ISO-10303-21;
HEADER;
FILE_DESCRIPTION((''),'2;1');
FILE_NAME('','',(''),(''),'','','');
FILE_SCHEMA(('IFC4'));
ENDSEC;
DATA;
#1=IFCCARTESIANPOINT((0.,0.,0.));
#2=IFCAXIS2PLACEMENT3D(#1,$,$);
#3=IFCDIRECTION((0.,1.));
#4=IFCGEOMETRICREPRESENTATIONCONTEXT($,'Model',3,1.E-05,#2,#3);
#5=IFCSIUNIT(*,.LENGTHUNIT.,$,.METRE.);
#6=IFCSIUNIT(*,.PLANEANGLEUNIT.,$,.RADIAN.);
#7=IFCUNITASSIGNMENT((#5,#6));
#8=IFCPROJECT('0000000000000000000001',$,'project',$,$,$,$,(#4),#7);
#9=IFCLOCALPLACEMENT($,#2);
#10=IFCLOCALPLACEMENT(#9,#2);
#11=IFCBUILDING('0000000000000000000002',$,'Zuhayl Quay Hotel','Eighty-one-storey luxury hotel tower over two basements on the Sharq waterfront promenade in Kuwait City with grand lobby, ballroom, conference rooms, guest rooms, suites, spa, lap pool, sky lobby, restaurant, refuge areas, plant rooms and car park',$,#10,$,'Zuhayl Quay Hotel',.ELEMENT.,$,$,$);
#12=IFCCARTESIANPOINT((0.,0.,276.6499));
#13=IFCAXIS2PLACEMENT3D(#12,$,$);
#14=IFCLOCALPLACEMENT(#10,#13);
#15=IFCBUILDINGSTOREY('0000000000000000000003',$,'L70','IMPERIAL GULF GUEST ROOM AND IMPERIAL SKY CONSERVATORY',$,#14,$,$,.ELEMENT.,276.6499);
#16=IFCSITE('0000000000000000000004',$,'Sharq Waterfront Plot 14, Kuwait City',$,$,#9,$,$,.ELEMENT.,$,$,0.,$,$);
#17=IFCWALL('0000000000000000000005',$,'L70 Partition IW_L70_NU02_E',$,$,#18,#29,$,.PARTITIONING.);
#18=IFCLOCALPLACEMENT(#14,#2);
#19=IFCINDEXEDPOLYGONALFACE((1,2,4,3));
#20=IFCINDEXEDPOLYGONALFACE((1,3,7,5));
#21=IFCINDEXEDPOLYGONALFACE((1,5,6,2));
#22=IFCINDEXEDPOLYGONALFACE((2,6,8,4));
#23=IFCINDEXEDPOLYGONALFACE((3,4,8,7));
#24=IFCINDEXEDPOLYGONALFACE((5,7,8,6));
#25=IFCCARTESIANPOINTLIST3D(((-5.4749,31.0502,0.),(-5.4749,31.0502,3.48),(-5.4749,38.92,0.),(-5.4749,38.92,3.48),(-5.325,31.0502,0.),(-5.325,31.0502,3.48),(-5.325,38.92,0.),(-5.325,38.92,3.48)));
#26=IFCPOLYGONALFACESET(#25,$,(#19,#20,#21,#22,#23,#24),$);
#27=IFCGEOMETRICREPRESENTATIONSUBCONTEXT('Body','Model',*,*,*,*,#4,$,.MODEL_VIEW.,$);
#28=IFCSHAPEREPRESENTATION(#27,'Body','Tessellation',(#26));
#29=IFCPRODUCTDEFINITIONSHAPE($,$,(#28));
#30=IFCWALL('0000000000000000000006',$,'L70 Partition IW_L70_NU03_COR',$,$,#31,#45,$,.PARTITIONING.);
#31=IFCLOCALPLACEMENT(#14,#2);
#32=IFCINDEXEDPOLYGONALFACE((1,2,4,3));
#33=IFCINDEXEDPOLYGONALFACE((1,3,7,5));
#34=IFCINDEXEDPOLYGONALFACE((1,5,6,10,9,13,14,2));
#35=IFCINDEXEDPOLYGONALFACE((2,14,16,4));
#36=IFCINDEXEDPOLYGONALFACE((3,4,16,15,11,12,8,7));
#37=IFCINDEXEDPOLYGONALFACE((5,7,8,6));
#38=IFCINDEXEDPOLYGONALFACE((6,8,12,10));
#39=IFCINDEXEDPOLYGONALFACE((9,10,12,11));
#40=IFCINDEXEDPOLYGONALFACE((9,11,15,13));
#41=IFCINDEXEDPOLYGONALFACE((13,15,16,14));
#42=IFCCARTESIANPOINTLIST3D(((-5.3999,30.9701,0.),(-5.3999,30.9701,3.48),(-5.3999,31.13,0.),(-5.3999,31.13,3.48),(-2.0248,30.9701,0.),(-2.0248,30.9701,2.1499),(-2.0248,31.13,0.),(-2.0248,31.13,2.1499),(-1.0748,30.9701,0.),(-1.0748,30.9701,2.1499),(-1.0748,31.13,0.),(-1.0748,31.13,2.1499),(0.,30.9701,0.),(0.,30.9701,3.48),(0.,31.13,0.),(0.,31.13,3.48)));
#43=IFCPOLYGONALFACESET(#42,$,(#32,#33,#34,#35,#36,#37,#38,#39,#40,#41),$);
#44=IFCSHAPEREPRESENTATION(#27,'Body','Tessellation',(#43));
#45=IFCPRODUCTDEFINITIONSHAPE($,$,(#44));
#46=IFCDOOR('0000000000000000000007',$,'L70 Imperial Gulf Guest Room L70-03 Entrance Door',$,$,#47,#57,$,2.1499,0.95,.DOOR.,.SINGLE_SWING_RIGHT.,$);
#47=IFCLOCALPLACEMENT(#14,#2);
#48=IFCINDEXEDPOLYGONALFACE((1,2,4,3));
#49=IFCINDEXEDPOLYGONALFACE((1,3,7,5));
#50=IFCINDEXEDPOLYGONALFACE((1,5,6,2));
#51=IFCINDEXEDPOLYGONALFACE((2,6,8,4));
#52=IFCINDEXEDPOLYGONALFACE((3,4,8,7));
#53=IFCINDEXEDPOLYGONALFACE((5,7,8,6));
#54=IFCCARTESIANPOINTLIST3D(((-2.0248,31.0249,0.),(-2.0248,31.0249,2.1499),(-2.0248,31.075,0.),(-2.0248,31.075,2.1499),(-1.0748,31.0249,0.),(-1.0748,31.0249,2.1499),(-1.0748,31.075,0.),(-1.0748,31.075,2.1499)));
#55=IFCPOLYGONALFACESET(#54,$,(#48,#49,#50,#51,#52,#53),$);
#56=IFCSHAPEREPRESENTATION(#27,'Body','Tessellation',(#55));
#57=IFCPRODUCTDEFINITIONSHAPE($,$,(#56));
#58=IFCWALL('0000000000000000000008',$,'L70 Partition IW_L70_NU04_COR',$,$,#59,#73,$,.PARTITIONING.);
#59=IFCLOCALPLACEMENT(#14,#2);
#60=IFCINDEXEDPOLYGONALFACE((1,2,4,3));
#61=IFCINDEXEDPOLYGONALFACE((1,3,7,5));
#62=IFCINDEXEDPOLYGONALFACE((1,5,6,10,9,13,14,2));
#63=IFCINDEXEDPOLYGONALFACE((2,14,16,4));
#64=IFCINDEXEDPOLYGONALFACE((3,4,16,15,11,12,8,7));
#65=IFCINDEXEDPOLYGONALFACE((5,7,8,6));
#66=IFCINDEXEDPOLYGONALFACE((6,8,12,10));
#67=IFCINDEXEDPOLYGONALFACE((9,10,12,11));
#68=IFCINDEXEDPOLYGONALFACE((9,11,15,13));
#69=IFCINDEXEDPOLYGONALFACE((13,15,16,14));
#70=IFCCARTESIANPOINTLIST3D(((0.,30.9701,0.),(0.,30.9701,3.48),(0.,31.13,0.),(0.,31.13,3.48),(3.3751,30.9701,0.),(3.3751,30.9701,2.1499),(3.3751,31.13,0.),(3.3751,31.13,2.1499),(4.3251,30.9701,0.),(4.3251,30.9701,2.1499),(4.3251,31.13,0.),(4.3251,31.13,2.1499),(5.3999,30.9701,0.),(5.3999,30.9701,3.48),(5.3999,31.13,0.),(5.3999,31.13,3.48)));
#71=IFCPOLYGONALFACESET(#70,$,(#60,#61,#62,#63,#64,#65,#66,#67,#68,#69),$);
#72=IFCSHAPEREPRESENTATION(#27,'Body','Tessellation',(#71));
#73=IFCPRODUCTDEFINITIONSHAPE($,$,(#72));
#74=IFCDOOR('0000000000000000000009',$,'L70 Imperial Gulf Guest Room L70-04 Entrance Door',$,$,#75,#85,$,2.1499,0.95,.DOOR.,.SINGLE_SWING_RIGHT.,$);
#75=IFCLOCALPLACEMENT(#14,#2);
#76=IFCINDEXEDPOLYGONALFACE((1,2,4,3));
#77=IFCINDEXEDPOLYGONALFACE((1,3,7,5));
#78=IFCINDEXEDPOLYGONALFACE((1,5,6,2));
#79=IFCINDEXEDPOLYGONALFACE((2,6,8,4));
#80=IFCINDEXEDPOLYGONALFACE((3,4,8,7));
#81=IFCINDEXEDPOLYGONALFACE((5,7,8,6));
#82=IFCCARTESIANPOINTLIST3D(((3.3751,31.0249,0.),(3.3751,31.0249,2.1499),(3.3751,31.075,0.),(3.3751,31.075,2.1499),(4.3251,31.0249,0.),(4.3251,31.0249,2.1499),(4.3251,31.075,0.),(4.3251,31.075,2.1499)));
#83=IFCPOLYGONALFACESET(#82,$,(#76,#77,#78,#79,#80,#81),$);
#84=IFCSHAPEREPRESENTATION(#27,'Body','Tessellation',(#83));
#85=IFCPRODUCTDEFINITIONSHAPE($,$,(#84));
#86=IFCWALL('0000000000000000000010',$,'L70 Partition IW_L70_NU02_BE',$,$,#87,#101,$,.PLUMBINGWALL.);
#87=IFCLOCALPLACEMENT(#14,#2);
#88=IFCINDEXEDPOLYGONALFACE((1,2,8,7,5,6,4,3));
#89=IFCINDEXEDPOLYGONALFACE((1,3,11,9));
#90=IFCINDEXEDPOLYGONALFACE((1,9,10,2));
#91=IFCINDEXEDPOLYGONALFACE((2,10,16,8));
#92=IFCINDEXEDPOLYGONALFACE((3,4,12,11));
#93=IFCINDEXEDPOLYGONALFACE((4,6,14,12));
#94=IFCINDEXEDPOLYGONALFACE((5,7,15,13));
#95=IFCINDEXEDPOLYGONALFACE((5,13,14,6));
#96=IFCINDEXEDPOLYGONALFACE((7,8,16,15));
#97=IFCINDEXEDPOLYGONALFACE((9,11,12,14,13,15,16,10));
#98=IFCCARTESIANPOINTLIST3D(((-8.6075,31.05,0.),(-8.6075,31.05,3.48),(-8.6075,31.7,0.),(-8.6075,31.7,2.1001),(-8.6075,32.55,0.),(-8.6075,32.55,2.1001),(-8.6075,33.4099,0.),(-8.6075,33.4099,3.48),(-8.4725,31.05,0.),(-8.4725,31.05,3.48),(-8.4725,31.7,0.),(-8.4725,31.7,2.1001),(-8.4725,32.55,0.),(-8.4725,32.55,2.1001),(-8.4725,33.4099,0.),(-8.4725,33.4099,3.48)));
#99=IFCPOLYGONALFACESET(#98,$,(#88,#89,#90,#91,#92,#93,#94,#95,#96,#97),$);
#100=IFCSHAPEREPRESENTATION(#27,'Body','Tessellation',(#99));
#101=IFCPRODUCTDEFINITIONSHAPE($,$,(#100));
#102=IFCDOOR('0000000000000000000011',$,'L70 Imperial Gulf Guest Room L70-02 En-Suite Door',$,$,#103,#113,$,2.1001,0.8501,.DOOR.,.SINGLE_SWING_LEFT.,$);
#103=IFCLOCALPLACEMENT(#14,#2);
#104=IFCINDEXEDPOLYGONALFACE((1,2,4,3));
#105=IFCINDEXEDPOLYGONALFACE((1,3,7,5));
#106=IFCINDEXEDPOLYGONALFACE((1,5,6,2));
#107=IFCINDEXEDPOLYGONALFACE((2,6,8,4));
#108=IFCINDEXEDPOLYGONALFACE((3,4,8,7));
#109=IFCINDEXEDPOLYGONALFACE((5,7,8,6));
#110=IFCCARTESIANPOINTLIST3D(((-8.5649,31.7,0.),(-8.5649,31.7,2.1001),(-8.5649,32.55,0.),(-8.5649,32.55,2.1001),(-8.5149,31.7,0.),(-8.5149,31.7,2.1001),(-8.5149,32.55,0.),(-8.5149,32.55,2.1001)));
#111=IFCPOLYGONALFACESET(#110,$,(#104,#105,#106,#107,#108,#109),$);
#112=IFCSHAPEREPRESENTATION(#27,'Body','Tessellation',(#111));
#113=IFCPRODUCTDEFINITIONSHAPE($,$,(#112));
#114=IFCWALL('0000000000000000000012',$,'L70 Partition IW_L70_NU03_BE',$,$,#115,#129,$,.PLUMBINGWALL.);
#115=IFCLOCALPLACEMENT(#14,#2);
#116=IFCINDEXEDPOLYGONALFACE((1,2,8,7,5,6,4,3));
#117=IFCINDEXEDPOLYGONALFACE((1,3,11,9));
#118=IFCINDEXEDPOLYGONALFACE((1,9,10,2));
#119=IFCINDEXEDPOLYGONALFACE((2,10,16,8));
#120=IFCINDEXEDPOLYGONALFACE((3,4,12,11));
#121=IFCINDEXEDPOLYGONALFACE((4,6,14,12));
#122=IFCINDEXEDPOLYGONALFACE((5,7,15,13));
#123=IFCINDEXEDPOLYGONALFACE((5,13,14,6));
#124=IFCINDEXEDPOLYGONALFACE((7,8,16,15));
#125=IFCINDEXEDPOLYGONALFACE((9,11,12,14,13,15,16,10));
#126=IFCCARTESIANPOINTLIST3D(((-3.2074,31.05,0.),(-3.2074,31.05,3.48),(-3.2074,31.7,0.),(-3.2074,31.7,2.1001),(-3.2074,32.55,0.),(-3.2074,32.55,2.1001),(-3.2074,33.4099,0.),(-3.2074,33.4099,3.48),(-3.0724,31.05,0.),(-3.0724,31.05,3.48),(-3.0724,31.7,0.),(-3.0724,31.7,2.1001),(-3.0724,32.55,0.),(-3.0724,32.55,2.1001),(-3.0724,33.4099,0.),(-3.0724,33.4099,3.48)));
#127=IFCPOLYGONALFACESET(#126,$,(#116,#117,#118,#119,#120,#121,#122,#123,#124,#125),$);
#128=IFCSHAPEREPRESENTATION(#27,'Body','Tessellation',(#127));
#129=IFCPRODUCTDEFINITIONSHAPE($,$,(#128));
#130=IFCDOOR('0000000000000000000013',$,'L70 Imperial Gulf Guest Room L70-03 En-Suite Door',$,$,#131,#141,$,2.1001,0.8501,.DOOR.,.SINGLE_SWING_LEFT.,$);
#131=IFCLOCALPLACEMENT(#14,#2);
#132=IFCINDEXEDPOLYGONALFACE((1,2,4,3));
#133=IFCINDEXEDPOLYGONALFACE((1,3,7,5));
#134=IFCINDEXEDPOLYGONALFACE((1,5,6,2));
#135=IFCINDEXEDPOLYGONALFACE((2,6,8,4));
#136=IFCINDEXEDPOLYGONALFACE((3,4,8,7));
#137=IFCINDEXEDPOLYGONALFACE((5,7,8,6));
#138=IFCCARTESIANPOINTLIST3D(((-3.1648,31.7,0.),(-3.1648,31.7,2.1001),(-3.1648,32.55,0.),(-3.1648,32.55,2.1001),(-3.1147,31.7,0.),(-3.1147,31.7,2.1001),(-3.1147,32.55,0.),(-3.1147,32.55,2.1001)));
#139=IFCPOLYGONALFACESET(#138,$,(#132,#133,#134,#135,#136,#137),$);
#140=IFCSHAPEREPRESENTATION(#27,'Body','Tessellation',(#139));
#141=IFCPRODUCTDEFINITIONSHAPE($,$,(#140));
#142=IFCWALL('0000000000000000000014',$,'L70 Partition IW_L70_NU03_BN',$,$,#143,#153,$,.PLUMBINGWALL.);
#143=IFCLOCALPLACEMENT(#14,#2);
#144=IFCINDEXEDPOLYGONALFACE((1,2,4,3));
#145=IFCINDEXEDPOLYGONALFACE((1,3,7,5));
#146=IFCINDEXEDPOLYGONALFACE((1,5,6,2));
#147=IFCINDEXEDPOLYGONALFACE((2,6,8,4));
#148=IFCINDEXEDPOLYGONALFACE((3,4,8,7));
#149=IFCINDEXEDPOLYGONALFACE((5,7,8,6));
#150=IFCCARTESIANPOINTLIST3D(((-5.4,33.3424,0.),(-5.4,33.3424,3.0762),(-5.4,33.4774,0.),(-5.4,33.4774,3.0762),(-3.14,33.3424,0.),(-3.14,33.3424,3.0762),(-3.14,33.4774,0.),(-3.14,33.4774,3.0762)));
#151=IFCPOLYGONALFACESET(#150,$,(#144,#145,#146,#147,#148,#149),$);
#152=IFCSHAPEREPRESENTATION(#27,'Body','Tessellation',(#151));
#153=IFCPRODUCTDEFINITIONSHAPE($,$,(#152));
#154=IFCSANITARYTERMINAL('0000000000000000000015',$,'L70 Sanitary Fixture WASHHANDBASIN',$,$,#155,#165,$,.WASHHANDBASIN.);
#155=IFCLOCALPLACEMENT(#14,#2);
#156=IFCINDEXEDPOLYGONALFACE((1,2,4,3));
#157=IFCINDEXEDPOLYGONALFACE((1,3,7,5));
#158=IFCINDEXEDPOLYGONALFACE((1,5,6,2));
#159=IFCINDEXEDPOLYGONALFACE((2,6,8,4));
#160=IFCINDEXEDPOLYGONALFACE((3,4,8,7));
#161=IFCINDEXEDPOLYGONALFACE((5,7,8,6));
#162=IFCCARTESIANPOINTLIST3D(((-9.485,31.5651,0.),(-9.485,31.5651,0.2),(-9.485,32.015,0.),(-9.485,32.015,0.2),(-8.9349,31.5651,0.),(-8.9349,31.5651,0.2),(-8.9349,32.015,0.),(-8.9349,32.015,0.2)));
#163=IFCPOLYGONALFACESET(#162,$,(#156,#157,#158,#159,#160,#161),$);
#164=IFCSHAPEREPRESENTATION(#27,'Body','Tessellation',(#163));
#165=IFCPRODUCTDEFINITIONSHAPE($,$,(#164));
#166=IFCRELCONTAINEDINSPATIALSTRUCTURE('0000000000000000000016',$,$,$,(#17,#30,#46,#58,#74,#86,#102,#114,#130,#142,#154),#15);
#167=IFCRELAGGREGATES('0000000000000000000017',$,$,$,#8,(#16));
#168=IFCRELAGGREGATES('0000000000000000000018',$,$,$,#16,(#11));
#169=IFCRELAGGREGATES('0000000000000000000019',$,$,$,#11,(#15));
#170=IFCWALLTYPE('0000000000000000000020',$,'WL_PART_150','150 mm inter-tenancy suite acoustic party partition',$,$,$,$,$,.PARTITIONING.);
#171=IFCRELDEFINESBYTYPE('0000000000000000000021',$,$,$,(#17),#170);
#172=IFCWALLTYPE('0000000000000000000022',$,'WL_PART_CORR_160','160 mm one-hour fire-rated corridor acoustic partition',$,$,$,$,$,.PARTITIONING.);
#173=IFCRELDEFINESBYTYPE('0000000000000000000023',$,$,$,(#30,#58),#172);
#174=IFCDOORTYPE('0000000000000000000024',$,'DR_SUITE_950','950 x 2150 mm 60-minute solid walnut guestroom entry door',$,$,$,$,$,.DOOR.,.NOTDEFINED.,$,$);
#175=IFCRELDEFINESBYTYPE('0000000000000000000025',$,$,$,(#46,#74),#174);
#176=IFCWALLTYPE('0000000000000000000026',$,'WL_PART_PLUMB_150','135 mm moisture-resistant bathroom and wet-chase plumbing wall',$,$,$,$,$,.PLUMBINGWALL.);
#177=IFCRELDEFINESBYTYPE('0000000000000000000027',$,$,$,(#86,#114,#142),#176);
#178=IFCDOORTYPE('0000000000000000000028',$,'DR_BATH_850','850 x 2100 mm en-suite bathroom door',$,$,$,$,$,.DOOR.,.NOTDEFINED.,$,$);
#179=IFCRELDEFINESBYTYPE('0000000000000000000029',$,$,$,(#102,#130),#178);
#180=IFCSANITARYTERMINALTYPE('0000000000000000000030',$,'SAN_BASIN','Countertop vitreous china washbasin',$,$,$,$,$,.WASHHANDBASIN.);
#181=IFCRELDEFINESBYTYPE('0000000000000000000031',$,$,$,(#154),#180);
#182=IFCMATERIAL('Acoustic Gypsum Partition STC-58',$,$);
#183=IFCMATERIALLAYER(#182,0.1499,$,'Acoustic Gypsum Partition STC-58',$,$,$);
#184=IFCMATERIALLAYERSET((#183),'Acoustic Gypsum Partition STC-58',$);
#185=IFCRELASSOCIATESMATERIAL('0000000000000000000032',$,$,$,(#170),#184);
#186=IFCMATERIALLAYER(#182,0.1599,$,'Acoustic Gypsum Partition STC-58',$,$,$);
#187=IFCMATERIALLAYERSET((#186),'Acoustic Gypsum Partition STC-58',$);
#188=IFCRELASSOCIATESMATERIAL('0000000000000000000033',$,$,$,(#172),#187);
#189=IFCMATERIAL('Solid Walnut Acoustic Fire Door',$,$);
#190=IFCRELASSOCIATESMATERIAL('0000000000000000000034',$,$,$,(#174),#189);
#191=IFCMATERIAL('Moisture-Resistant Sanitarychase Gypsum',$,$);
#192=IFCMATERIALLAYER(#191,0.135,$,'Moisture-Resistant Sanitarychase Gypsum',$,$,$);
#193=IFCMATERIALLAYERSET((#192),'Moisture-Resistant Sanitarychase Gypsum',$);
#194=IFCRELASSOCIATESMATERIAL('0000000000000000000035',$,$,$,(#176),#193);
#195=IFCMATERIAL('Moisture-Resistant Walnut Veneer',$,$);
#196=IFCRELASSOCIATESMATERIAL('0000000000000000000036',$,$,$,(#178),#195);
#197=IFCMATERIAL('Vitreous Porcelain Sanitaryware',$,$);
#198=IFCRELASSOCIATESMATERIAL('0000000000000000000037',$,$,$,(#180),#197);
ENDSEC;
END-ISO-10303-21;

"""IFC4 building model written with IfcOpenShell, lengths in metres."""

from ifc_helpers import new_model, si_unit, direction, frame, frame_2d, origin, origin_2d, place, context, subcontext, project, spatial, rectangle, extrude, material, layer, layer_set, type_object, element, fill, save


model = new_model("IFC4")

# Units and contexts
model_context = context("Model", 3, precision=1e-05, world=origin(), true_north=direction((0.0, 1.0)))
body_context = subcontext(model_context, "Body", "Model", "MODEL_VIEW")
ifc_project = project(units=[si_unit("LENGTHUNIT", "METRE"), si_unit("PLANEANGLEUNIT", "RADIAN")], contexts=[model_context])

# Site, building, storey
site_placement = place(None, origin())
site = spatial("IfcSite", under=ifc_project, at=site_placement, Name="Sharq Waterfront Plot 14, Kuwait City", CompositionType="ELEMENT", RefElevation=0.0)
building_placement = place(site_placement, origin())
building = spatial("IfcBuilding", under=site, at=building_placement, Name="Zuhayl Quay Hotel", Description="Eighty-one-storey luxury hotel tower over two basements on the Sharq waterfront promenade in Kuwait City with grand lobby, ballroom, conference rooms, guest rooms, suites, spa, lap pool, sky lobby, restaurant, refuge areas, plant rooms and car park", LongName="Zuhayl Quay Hotel", CompositionType="ELEMENT")
storey_placement = place(building_placement, frame((0.0, 0.0, 276.6499)))
storey = spatial("IfcBuildingStorey", under=building, at=storey_placement, Name="L70", Description="IMPERIAL GULF GUEST ROOM AND IMPERIAL SKY CONSERVATORY", CompositionType="ELEMENT", Elevation=276.6499)

# Wall
ifc_material_1 = material(Name="Acoustic Gypsum Partition STC-58")
ifc_layer_1 = layer(ifc_material_1, 0.1499, Name="Acoustic Gypsum Partition STC-58")
ifc_layer_set_1 = layer_set([ifc_layer_1], Name="Acoustic Gypsum Partition STC-58")
wall_type_1 = type_object("IfcWallType", Name="WL_PART_150", Description="150 mm inter-tenancy suite acoustic party partition", PredefinedType="PARTITIONING", material=ifc_layer_set_1)
wall_1_placement = place(storey_placement, frame((-5.3999, 31.05, 0.0), z_axis=(0.0, 0.0, 1.0), x_axis=(0.0, 1.0, 0.0)))
element("IfcWall", 1, at=wall_1_placement, inside=storey, type_object=wall_type_1, Name="L70 Partition IW_L70_NU02_E", PredefinedType="PARTITIONING", context=body_context, shape_type="SweptSolid", body=[
    extrude(rectangle(XDim=7.8699, YDim=0.1499, at=frame_2d((3.9351, 0.0))), origin(), (0.0, 0.0, 1.0), 3.48),
])

# Walls, openings, doors
ifc_layer_2 = layer(ifc_material_1, 0.1599, Name="Acoustic Gypsum Partition STC-58")
ifc_layer_set_2 = layer_set([ifc_layer_2], Name="Acoustic Gypsum Partition STC-58")
wall_type_2 = type_object("IfcWallType", Name="WL_PART_CORR_160", Description="160 mm one-hour fire-rated corridor acoustic partition", PredefinedType="PARTITIONING", material=ifc_layer_set_2)
wall_2_placement = place(storey_placement, frame((-5.3999, 31.05, 0.0), z_axis=(0.0, 0.0, 1.0), x_axis=(1.0, 0.0, 0.0)))
wall_2 = element("IfcWall", 2, at=wall_2_placement, inside=storey, type_object=wall_type_2, Name="L70 Partition IW_L70_NU03_COR", PredefinedType="PARTITIONING", context=body_context, shape_type="SweptSolid", body=[
    extrude(rectangle(XDim=5.3999, YDim=0.1599, at=frame_2d((2.7, 0.0))), origin(), (0.0, 0.0, 1.0), 3.48),
])
opening_1_placement = place(wall_2_placement, frame((3.375, 0.0, 0.0)))
opening_1 = element("IfcOpeningElement", 3, at=opening_1_placement, cuts=wall_2, PredefinedType="OPENING", context=body_context, shape_type="SweptSolid", body=[
    extrude(rectangle(XDim=0.95, YDim=2.1499, at=frame_2d((0.4751, 1.075))), frame((0.0, 0.0898, 0.0), z_axis=(0.0, -1.0, 0.0), x_axis=(1.0, 0.0, 0.0)), (0.0, 0.0, 1.0), 0.1799),
])
ifc_material_2 = material(Name="Solid Walnut Acoustic Fire Door")
door_type_1 = type_object("IfcDoorType", Name="DR_SUITE_950", Description="950 x 2150 mm 60-minute solid walnut guestroom entry door", OperationType="NOTDEFINED", PredefinedType="DOOR", material=ifc_material_2)
door_1_placement = place(opening_1_placement, origin())
door_1 = element("IfcDoor", 4, at=door_1_placement, inside=storey, type_object=door_type_1, Name="L70 Imperial Gulf Guest Room L70-03 Entrance Door", OperationType="SINGLE_SWING_RIGHT", OverallHeight=2.1499, OverallWidth=0.95, PredefinedType="DOOR", context=body_context, shape_type="SweptSolid", body=[
    extrude(rectangle(XDim=0.95, YDim=2.1499, at=frame_2d((0.4751, 1.075))), frame((0.0, 0.0249, 0.0), z_axis=(0.0, -1.0, 0.0), x_axis=(1.0, 0.0, 0.0)), (0.0, 0.0, 1.0), 0.05),
])
fill(opening_1, door_1)
wall_3_placement = place(storey_placement, frame((0.0, 31.05, 0.0), z_axis=(0.0, 0.0, 1.0), x_axis=(1.0, 0.0, 0.0)))
wall_3 = element("IfcWall", 5, at=wall_3_placement, inside=storey, type_object=wall_type_2, Name="L70 Partition IW_L70_NU04_COR", PredefinedType="PARTITIONING", context=body_context, shape_type="SweptSolid", body=[
    extrude(rectangle(XDim=5.3999, YDim=0.1599, at=frame_2d((2.7, 0.0))), origin(), (0.0, 0.0, 1.0), 3.48),
])
opening_2_placement = place(wall_3_placement, frame((3.375, 0.0, 0.0)))
opening_2 = element("IfcOpeningElement", 6, at=opening_2_placement, cuts=wall_3, PredefinedType="OPENING", context=body_context, shape_type="SweptSolid", body=[
    extrude(rectangle(XDim=0.95, YDim=2.1499, at=frame_2d((0.4751, 1.075))), frame((0.0, 0.0898, 0.0), z_axis=(0.0, -1.0, 0.0), x_axis=(1.0, 0.0, 0.0)), (0.0, 0.0, 1.0), 0.1799),
])
door_2_placement = place(opening_2_placement, origin())
door_2 = element("IfcDoor", 7, at=door_2_placement, inside=storey, type_object=door_type_1, Name="L70 Imperial Gulf Guest Room L70-04 Entrance Door", OperationType="SINGLE_SWING_RIGHT", OverallHeight=2.1499, OverallWidth=0.95, PredefinedType="DOOR", context=body_context, shape_type="SweptSolid", body=[
    extrude(rectangle(XDim=0.95, YDim=2.1499, at=frame_2d((0.4751, 1.075))), frame((0.0, 0.0249, 0.0), z_axis=(0.0, -1.0, 0.0), x_axis=(1.0, 0.0, 0.0)), (0.0, 0.0, 1.0), 0.05),
])
fill(opening_2, door_2)
ifc_material_3 = material(Name="Moisture-Resistant Sanitarychase Gypsum")
ifc_layer_3 = layer(ifc_material_3, 0.135, Name="Moisture-Resistant Sanitarychase Gypsum")
ifc_layer_set_3 = layer_set([ifc_layer_3], Name="Moisture-Resistant Sanitarychase Gypsum")
wall_type_3 = type_object("IfcWallType", Name="WL_PART_PLUMB_150", Description="135 mm moisture-resistant bathroom and wet-chase plumbing wall", PredefinedType="PLUMBINGWALL", material=ifc_layer_set_3)
wall_4_placement = place(storey_placement, frame((-8.54, 31.05, 0.0), z_axis=(0.0, 0.0, 1.0), x_axis=(0.0, 1.0, 0.0)))
wall_4 = element("IfcWall", 8, at=wall_4_placement, inside=storey, type_object=wall_type_3, Name="L70 Partition IW_L70_NU02_BE", PredefinedType="PLUMBINGWALL", context=body_context, shape_type="SweptSolid", body=[
    extrude(rectangle(XDim=2.3599, YDim=0.135, at=frame_2d((1.1799, 0.0))), origin(), (0.0, 0.0, 1.0), 3.48),
])
opening_3_placement = place(wall_4_placement, frame((0.6499, 0.0, 0.0)))
opening_3 = element("IfcOpeningElement", 9, at=opening_3_placement, cuts=wall_4, PredefinedType="OPENING", context=body_context, shape_type="SweptSolid", body=[
    extrude(rectangle(XDim=0.8501, YDim=2.1001, at=frame_2d((0.425, 1.05))), frame((0.0, 0.0774, 0.0), z_axis=(0.0, -1.0, 0.0), x_axis=(1.0, 0.0, 0.0)), (0.0, 0.0, 1.0), 0.155),
])
ifc_material_4 = material(Name="Moisture-Resistant Walnut Veneer")
door_type_2 = type_object("IfcDoorType", Name="DR_BATH_850", Description="850 x 2100 mm en-suite bathroom door", OperationType="NOTDEFINED", PredefinedType="DOOR", material=ifc_material_4)
door_3_placement = place(opening_3_placement, origin())
door_3 = element("IfcDoor", 10, at=door_3_placement, inside=storey, type_object=door_type_2, Name="L70 Imperial Gulf Guest Room L70-02 En-Suite Door", OperationType="SINGLE_SWING_LEFT", OverallHeight=2.1001, OverallWidth=0.8501, PredefinedType="DOOR", context=body_context, shape_type="SweptSolid", body=[
    extrude(rectangle(XDim=0.8501, YDim=2.1001, at=frame_2d((0.425, 1.05))), frame((0.0, 0.0249, 0.0), z_axis=(0.0, -1.0, 0.0), x_axis=(1.0, 0.0, 0.0)), (0.0, 0.0, 1.0), 0.05),
])
fill(opening_3, door_3)
wall_5_placement = place(storey_placement, frame((-3.1399, 31.05, 0.0), z_axis=(0.0, 0.0, 1.0), x_axis=(0.0, 1.0, 0.0)))
wall_5 = element("IfcWall", 11, at=wall_5_placement, inside=storey, type_object=wall_type_3, Name="L70 Partition IW_L70_NU03_BE", PredefinedType="PLUMBINGWALL", context=body_context, shape_type="SweptSolid", body=[
    extrude(rectangle(XDim=2.3599, YDim=0.135, at=frame_2d((1.1799, 0.0))), origin(), (0.0, 0.0, 1.0), 3.48),
])
opening_4_placement = place(wall_5_placement, frame((0.6499, 0.0, 0.0)))
opening_4 = element("IfcOpeningElement", 12, at=opening_4_placement, cuts=wall_5, PredefinedType="OPENING", context=body_context, shape_type="SweptSolid", body=[
    extrude(rectangle(XDim=0.8501, YDim=2.1001, at=frame_2d((0.425, 1.05))), frame((0.0, 0.0774, 0.0), z_axis=(0.0, -1.0, 0.0), x_axis=(1.0, 0.0, 0.0)), (0.0, 0.0, 1.0), 0.155),
])
door_4_placement = place(opening_4_placement, origin())
door_4 = element("IfcDoor", 13, at=door_4_placement, inside=storey, type_object=door_type_2, Name="L70 Imperial Gulf Guest Room L70-03 En-Suite Door", OperationType="SINGLE_SWING_LEFT", OverallHeight=2.1001, OverallWidth=0.8501, PredefinedType="DOOR", context=body_context, shape_type="SweptSolid", body=[
    extrude(rectangle(XDim=0.8501, YDim=2.1001, at=frame_2d((0.425, 1.05))), frame((0.0, 0.0249, 0.0), z_axis=(0.0, -1.0, 0.0), x_axis=(1.0, 0.0, 0.0)), (0.0, 0.0, 1.0), 0.05),
])
fill(opening_4, door_4)

# Wall
wall_6_placement = place(storey_placement, frame((-5.3999, 33.4099, 0.0), z_axis=(0.0, 0.0, 1.0), x_axis=(1.0, 0.0, 0.0)))
element("IfcWall", 14, at=wall_6_placement, inside=storey, type_object=wall_type_3, Name="L70 Partition IW_L70_NU03_BN", PredefinedType="PLUMBINGWALL", context=body_context, shape_type="SweptSolid", body=[
    extrude(rectangle(XDim=2.26, YDim=0.135, at=frame_2d((1.1299, 0.0))), origin(), (0.0, 0.0, 1.0), 3.0762),
])

# Sanitary terminal
ifc_material_5 = material(Name="Vitreous Porcelain Sanitaryware")
sanitary_terminal_type_1 = type_object("IfcSanitaryTerminalType", Name="SAN_BASIN", Description="Countertop vitreous china washbasin", PredefinedType="WASHHANDBASIN", material=ifc_material_5)
for number, where, z_axis, x_axis, name in (
    (15, (-9.21, 31.79, 0.0), (0.0, 0.0, 1.0), (1.0, 0.0, 0.0), "L70 Sanitary Fixture WASHHANDBASIN"),
):
    element("IfcSanitaryTerminal", number, at=place(storey_placement, frame(where, z_axis=z_axis, x_axis=x_axis)), inside=storey, type_object=sanitary_terminal_type_1, Name=name, PredefinedType="WASHHANDBASIN", context=body_context, shape_type="SweptSolid", body=[
        extrude(rectangle(XDim=0.55, YDim=0.45, at=origin_2d()), origin(), (0.0, 0.0, 1.0), 0.2),
    ])

save(model, "model.ifc")
